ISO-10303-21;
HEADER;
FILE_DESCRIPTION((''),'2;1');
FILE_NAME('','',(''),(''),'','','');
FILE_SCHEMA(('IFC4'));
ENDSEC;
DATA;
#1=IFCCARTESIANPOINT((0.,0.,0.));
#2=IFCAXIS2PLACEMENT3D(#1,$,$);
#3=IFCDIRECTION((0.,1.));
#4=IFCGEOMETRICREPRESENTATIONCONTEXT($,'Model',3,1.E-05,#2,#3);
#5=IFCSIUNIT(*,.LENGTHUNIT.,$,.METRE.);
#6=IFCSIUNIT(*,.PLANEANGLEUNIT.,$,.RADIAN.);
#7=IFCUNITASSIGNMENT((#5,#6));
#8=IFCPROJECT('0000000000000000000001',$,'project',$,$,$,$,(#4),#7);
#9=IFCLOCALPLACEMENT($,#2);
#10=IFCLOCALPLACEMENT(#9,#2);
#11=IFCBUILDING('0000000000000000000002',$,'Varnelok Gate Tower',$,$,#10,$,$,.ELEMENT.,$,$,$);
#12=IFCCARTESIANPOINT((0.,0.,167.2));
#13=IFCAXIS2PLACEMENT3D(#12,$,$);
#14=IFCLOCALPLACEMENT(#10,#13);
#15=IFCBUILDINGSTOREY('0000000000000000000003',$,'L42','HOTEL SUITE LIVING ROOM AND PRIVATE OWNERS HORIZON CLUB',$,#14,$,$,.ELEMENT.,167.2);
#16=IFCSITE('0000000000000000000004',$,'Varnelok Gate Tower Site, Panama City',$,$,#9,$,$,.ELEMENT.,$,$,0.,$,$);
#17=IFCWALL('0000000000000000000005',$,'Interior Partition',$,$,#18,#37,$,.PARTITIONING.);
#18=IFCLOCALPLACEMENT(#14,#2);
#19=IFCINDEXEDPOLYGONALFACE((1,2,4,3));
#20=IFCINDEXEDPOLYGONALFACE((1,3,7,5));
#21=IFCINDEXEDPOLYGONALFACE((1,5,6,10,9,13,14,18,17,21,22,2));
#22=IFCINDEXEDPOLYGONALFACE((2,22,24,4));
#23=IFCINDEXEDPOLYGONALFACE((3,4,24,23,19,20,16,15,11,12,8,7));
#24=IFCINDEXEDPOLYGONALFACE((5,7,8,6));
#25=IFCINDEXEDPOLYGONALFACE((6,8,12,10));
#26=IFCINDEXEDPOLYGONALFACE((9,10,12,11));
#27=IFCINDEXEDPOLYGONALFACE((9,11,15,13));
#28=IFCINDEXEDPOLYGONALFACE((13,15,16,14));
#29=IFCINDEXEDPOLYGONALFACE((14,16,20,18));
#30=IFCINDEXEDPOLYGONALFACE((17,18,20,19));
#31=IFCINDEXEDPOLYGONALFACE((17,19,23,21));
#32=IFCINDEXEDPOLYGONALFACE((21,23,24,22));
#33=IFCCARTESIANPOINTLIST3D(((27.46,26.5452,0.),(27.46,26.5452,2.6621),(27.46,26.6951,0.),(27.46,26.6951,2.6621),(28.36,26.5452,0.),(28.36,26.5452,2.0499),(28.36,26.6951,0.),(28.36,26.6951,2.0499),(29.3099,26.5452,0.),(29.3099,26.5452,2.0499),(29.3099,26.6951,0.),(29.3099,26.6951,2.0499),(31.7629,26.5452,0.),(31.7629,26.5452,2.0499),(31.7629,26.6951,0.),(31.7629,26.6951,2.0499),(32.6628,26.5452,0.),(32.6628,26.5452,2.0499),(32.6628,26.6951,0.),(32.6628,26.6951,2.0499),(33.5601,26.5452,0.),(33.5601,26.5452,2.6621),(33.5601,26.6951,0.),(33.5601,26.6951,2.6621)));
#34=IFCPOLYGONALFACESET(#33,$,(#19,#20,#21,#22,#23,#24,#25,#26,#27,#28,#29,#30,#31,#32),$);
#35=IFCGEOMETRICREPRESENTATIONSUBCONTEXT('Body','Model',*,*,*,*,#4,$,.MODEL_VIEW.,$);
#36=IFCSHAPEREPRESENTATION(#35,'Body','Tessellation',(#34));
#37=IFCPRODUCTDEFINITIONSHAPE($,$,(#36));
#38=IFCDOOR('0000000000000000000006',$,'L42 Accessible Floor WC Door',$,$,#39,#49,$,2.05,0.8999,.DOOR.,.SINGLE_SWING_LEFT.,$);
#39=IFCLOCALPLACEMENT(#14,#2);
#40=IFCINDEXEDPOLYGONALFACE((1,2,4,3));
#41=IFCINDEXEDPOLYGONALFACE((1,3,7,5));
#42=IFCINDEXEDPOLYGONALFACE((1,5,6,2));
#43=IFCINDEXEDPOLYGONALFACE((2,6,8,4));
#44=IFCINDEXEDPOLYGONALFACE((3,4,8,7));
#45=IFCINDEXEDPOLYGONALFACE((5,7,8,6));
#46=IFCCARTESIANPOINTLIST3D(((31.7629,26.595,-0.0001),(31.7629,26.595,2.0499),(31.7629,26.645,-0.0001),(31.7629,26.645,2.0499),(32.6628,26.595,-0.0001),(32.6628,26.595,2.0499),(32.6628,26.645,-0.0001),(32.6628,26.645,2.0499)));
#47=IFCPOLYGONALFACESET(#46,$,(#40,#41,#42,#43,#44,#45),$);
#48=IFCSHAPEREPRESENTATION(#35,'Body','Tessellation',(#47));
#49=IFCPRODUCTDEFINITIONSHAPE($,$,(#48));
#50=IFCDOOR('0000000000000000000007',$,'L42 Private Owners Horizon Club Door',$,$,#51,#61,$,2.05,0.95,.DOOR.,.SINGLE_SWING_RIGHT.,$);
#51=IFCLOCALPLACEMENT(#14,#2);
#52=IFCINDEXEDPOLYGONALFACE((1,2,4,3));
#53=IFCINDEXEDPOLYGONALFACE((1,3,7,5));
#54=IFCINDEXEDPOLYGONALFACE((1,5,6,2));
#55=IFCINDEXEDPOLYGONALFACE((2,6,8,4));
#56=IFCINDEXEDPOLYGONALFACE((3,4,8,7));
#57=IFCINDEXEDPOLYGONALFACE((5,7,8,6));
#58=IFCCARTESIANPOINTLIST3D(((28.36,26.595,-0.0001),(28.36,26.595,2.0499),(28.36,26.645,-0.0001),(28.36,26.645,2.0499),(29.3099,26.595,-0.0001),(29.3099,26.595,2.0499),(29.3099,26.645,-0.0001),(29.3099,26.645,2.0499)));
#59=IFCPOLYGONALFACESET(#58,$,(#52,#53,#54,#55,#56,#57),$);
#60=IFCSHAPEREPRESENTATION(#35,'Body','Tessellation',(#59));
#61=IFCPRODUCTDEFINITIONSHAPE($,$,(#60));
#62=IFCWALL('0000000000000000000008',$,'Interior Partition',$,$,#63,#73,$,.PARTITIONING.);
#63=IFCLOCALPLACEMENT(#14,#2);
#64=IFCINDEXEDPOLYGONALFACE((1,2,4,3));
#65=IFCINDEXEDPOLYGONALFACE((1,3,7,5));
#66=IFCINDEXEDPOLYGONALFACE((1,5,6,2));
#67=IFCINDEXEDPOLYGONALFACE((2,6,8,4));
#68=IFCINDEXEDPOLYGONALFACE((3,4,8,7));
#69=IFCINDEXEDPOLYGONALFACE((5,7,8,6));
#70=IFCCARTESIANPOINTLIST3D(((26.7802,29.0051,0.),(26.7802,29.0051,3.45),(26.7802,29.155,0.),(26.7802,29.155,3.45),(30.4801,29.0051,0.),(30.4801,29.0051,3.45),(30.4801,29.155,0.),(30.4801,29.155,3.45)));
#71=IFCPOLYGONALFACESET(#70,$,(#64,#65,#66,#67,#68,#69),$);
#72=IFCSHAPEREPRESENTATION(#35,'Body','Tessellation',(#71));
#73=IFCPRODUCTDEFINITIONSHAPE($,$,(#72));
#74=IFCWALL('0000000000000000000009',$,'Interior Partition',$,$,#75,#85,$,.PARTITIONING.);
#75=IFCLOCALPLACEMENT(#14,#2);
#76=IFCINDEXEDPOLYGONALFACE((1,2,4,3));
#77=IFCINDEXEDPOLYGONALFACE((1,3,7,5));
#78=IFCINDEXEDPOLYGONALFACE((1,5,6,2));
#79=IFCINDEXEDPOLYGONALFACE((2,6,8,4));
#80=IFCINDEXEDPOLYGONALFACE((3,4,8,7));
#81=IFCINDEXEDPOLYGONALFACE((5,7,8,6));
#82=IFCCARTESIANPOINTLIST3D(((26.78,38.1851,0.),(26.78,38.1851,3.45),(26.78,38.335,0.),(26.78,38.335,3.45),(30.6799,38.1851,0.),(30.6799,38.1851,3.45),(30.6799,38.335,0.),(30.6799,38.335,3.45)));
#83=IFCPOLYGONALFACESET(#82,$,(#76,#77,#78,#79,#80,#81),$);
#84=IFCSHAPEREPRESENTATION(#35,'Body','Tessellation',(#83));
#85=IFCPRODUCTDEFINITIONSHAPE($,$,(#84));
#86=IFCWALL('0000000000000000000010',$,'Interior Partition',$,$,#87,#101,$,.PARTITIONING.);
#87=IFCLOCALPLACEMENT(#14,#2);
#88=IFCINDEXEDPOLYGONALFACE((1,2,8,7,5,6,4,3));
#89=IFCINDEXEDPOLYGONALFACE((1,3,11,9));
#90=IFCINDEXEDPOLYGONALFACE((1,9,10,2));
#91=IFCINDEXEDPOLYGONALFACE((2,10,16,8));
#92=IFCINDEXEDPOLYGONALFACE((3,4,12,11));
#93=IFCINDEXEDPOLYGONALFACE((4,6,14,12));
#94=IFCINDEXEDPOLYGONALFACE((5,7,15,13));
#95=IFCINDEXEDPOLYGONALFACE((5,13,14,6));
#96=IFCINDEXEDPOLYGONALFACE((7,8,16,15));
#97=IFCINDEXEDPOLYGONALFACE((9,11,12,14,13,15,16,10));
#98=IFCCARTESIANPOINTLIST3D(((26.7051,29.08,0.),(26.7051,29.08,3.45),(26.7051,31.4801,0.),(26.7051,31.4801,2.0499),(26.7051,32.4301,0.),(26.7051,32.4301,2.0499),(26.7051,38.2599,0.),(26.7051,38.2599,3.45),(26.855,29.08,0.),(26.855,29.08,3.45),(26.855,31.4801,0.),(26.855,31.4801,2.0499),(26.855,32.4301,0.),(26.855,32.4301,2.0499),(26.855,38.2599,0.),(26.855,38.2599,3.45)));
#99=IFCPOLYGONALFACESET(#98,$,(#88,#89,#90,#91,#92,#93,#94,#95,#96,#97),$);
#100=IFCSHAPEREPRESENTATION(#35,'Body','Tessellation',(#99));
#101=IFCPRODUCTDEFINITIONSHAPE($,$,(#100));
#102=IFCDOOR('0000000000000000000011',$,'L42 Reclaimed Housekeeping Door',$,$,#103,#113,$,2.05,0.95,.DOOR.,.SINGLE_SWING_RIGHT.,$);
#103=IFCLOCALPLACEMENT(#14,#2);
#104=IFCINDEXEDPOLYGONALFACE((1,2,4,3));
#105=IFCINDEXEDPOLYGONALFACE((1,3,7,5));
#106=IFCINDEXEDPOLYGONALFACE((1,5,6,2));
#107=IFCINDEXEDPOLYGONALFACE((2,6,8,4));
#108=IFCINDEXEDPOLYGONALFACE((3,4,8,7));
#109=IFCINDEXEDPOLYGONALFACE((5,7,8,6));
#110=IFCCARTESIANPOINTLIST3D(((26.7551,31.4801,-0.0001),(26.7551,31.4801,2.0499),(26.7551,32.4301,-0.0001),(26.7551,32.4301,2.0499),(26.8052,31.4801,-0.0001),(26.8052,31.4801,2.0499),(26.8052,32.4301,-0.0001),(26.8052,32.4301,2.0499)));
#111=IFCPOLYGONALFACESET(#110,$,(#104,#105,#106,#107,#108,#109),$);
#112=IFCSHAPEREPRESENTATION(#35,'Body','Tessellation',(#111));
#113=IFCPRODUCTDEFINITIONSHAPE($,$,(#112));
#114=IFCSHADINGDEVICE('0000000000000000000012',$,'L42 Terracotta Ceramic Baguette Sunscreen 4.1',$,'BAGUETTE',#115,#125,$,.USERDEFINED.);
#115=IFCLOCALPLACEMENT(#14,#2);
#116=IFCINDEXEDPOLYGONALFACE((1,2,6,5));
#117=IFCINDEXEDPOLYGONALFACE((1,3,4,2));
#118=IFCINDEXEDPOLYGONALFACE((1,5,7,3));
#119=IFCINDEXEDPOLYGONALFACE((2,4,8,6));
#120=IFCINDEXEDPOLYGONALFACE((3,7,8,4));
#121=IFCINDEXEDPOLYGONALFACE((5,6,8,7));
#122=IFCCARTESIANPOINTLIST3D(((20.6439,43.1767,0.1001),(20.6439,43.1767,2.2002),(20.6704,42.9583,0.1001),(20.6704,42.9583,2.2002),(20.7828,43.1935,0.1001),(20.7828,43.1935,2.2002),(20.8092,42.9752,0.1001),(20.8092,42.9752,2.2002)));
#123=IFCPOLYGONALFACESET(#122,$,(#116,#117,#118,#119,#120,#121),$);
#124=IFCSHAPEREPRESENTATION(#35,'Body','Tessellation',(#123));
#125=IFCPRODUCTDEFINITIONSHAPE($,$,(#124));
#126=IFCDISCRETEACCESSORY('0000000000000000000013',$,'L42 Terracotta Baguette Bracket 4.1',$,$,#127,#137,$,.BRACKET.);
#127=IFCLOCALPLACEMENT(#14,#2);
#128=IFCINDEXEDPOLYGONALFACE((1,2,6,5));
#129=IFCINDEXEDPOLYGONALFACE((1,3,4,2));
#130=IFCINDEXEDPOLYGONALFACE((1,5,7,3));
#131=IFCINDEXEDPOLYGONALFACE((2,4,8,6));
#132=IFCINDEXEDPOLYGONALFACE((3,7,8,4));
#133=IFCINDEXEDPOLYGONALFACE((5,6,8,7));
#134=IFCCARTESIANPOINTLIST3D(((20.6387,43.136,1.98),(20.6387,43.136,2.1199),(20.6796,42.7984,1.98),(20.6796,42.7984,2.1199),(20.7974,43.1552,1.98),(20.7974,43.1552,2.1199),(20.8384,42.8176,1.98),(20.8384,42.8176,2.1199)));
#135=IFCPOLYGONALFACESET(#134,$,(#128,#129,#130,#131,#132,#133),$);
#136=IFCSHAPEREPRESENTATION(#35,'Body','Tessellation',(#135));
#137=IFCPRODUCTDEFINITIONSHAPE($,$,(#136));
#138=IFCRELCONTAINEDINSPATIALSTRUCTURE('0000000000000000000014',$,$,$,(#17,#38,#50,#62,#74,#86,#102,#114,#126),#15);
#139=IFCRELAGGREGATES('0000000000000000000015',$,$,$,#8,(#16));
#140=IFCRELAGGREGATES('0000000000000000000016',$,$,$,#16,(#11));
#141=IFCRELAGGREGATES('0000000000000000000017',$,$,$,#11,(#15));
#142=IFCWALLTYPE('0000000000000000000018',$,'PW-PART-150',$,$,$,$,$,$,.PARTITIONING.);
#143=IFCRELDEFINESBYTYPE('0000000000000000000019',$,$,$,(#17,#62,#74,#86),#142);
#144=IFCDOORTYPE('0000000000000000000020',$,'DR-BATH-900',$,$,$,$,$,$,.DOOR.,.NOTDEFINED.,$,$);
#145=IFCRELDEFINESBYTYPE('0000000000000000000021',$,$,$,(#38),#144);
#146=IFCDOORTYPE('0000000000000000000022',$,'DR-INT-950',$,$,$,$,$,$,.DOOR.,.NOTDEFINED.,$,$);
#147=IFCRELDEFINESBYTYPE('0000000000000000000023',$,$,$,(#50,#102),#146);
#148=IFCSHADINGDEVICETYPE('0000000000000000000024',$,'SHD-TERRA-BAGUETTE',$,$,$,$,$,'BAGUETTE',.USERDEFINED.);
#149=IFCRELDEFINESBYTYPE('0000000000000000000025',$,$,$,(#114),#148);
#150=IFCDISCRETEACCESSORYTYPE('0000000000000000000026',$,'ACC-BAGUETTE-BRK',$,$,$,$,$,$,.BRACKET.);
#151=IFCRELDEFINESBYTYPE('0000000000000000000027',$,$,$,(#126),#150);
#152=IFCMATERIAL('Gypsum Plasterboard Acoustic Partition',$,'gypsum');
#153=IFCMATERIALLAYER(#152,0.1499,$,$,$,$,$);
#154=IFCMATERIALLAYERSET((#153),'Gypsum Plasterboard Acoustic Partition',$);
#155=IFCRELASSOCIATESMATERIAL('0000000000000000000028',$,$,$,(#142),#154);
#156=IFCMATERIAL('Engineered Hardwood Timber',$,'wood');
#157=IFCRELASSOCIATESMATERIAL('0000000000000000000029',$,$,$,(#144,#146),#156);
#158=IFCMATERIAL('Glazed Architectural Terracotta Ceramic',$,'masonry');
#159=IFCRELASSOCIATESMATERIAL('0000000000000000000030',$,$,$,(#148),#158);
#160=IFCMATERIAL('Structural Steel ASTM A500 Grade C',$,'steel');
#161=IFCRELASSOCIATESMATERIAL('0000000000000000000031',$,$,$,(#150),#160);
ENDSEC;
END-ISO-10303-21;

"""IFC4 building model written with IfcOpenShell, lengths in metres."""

from ifc_helpers import new_model, si_unit, direction, frame, frame_2d, origin, origin_2d, place, context, subcontext, project, spatial, rectangle, extrude, source, transform, mapped, material, layer, layer_set, type_object, element, fill, save


model = new_model("IFC4")

# Units and contexts
model_context = context("Model", 3, precision=1e-05, world=origin(), true_north=direction((0.0, 1.0)))
body_context = subcontext(model_context, "Body", "Model", "MODEL_VIEW")
ifc_project = project(units=[si_unit("LENGTHUNIT", "METRE"), si_unit("PLANEANGLEUNIT", "RADIAN")], contexts=[model_context])

# Site, building, storey
site_placement = place(None, origin())
site = spatial("IfcSite", under=ifc_project, at=site_placement, Name="Varnelok Gate Tower Site, Panama City", CompositionType="ELEMENT", RefElevation=0.0)
building_placement = place(site_placement, origin())
building = spatial("IfcBuilding", under=site, at=building_placement, Name="Varnelok Gate Tower", CompositionType="ELEMENT")
storey_placement = place(building_placement, frame((0.0, 0.0, 167.2)))
storey = spatial("IfcBuildingStorey", under=building, at=storey_placement, Name="L42", Description="HOTEL SUITE LIVING ROOM AND PRIVATE OWNERS HORIZON CLUB", CompositionType="ELEMENT", Elevation=167.2)

# Wall, openings, doors
ifc_material_1 = material(Name="Gypsum Plasterboard Acoustic Partition", Category="gypsum")
ifc_layer_1 = layer(ifc_material_1, 0.1499)
ifc_layer_set_1 = layer_set([ifc_layer_1], Name="Gypsum Plasterboard Acoustic Partition")
wall_type_1 = type_object("IfcWallType", Name="PW-PART-150", PredefinedType="PARTITIONING", material=ifc_layer_set_1)
wall_1_placement = place(storey_placement, frame((27.46, 26.6201, 0.0), z_axis=(0.0, 0.0, 1.0), x_axis=(1.0, 0.0, 0.0)))
wall_1 = element("IfcWall", 1, at=wall_1_placement, inside=storey, type_object=wall_type_1, Name="Interior Partition", PredefinedType="PARTITIONING", context=body_context, shape_type="SweptSolid", body=[
    extrude(rectangle(XDim=6.1001, YDim=0.1499, at=frame_2d((3.05, 0.0))), origin(), (0.0, 0.0, 1.0), 2.6621),
])
opening_1_placement = place(wall_1_placement, frame((0.8999, 0.0, 0.0)))
opening_1 = element("IfcOpeningElement", 2, at=opening_1_placement, cuts=wall_1, PredefinedType="OPENING", context=body_context, shape_type="SweptSolid", body=[
    extrude(rectangle(XDim=0.95, YDim=2.05, at=frame_2d((0.4751, 1.0249))), frame((0.0, 0.085, 0.0), z_axis=(0.0, -1.0, 0.0), x_axis=(1.0, 0.0, 0.0)), (0.0, 0.0, 1.0), 0.1699),
])
opening_2_placement = place(wall_1_placement, frame((4.303, 0.0, 0.0)))
opening_2 = element("IfcOpeningElement", 3, at=opening_2_placement, cuts=wall_1, PredefinedType="OPENING", context=body_context, shape_type="SweptSolid", body=[
    extrude(rectangle(XDim=0.8999, YDim=2.05, at=frame_2d((0.45, 1.0249))), frame((0.0, 0.085, 0.0), z_axis=(0.0, -1.0, 0.0), x_axis=(1.0, 0.0, 0.0)), (0.0, 0.0, 1.0), 0.1699),
])
ifc_material_2 = material(Name="Engineered Hardwood Timber", Category="wood")
door_type_1 = type_object("IfcDoorType", Name="DR-BATH-900", OperationType="NOTDEFINED", PredefinedType="DOOR", material=ifc_material_2)
door_1_placement = place(opening_2_placement, origin())
door_1 = element("IfcDoor", 4, at=door_1_placement, inside=storey, type_object=door_type_1, Name="L42 Accessible Floor WC Door", OperationType="SINGLE_SWING_LEFT", OverallHeight=2.05, OverallWidth=0.8999, PredefinedType="DOOR", context=body_context, shape_type="SweptSolid", body=[
    extrude(rectangle(XDim=0.8999, YDim=2.05, at=frame_2d((0.45, 1.0249))), frame((0.0, 0.0249, 0.0), z_axis=(0.0, -1.0, 0.0), x_axis=(1.0, 0.0, 0.0)), (0.0, 0.0, 1.0), 0.05),
])
fill(opening_2, door_1)
door_type_2 = type_object("IfcDoorType", Name="DR-INT-950", OperationType="NOTDEFINED", PredefinedType="DOOR", material=ifc_material_2)
door_2_placement = place(opening_1_placement, origin())
door_2 = element("IfcDoor", 5, at=door_2_placement, inside=storey, type_object=door_type_2, Name="L42 Private Owners Horizon Club Door", OperationType="SINGLE_SWING_RIGHT", OverallHeight=2.05, OverallWidth=0.95, PredefinedType="DOOR", context=body_context, shape_type="SweptSolid", body=[
    extrude(rectangle(XDim=0.95, YDim=2.05, at=frame_2d((0.4751, 1.0249))), frame((0.0, 0.0249, 0.0), z_axis=(0.0, -1.0, 0.0), x_axis=(1.0, 0.0, 0.0)), (0.0, 0.0, 1.0), 0.05),
])
fill(opening_1, door_2)

# Walls
wall_2_placement = place(storey_placement, frame((26.78, 29.0801, 0.0), z_axis=(0.0, 0.0, 1.0), x_axis=(1.0, 0.0, 0.0)))
element("IfcWall", 6, at=wall_2_placement, inside=storey, type_object=wall_type_1, Name="Interior Partition", PredefinedType="PARTITIONING", context=body_context, shape_type="SweptSolid", body=[
    extrude(rectangle(XDim=3.7, YDim=0.1499, at=frame_2d((1.8501, 0.0))), origin(), (0.0, 0.0, 1.0), 3.45),
])
wall_3_placement = place(storey_placement, frame((26.78, 38.26, 0.0), z_axis=(0.0, 0.0, 1.0), x_axis=(1.0, 0.0, 0.0)))
element("IfcWall", 7, at=wall_3_placement, inside=storey, type_object=wall_type_1, Name="Interior Partition", PredefinedType="PARTITIONING", context=body_context, shape_type="SweptSolid", body=[
    extrude(rectangle(XDim=3.8999, YDim=0.1499, at=frame_2d((1.95, 0.0))), origin(), (0.0, 0.0, 1.0), 3.45),
])

# Wall, opening, door
wall_4_placement = place(storey_placement, frame((26.78, 29.0801, 0.0), z_axis=(0.0, 0.0, 1.0), x_axis=(0.0, 1.0, 0.0)))
wall_4 = element("IfcWall", 8, at=wall_4_placement, inside=storey, type_object=wall_type_1, Name="Interior Partition", PredefinedType="PARTITIONING", context=body_context, shape_type="SweptSolid", body=[
    extrude(rectangle(XDim=9.1799, YDim=0.1499, at=frame_2d((4.5898, 0.0))), origin(), (0.0, 0.0, 1.0), 3.45),
])
opening_3_placement = place(wall_4_placement, frame((2.3999, 0.0, 0.0)))
opening_3 = element("IfcOpeningElement", 9, at=opening_3_placement, cuts=wall_4, PredefinedType="OPENING", context=body_context, shape_type="SweptSolid", body=[
    extrude(rectangle(XDim=0.95, YDim=2.05, at=frame_2d((0.4751, 1.0249))), frame((0.0, 0.085, 0.0), z_axis=(0.0, -1.0, 0.0), x_axis=(1.0, 0.0, 0.0)), (0.0, 0.0, 1.0), 0.1699),
])
door_3_placement = place(opening_3_placement, origin())
door_3 = element("IfcDoor", 10, at=door_3_placement, inside=storey, type_object=door_type_2, Name="L42 Reclaimed Housekeeping Door", OperationType="SINGLE_SWING_RIGHT", OverallHeight=2.05, OverallWidth=0.95, PredefinedType="DOOR", context=body_context, shape_type="SweptSolid", body=[
    extrude(rectangle(XDim=0.95, YDim=2.05, at=frame_2d((0.4751, 1.0249))), frame((0.0, 0.0249, 0.0), z_axis=(0.0, -1.0, 0.0), x_axis=(1.0, 0.0, 0.0)), (0.0, 0.0, 1.0), 0.05),
])
fill(opening_3, door_3)

# Shading device
ifc_material_3 = material(Name="Glazed Architectural Terracotta Ceramic", Category="masonry")
shading_device_type = type_object("IfcShadingDeviceType", Name="SHD-TERRA-BAGUETTE", ElementType="BAGUETTE", PredefinedType="USERDEFINED", material=ifc_material_3)
shared_shape_1 = source(origin(), body_context, "Body", "SweptSolid", [
    extrude(rectangle(XDim=0.1399, YDim=0.22, at=origin_2d()), origin(), (0.0, 0.0, 1.0), 2.1001),
])
shading_device_placement = place(storey_placement, frame((20.7266, 43.0759, 0.1001), z_axis=(0.0, 0.0, 1.0), x_axis=(0.992732, 0.120345, 0.0)))
element("IfcShadingDevice", 11, at=shading_device_placement, inside=storey, type_object=shading_device_type, Name="L42 Terracotta Ceramic Baguette Sunscreen 4.1", ObjectType="BAGUETTE", PredefinedType="USERDEFINED", context=body_context, shape_type="MappedRepresentation", body=[
    mapped(shared_shape_1, transform((0.0, 0.0, 0.0), scale=1.0)),
])

# Discrete accessory
ifc_material_4 = material(Name="Structural Steel ASTM A500 Grade C", Category="steel")
discrete_accessory_type = type_object("IfcDiscreteAccessoryType", Name="ACC-BAGUETTE-BRK", PredefinedType="BRACKET", material=ifc_material_4)
shared_shape_2 = source(origin(), body_context, "Body", "SweptSolid", [
    extrude(rectangle(XDim=0.1599, YDim=0.3401, at=origin_2d()), origin(), (0.0, 0.0, 1.0), 0.1399),
])
discrete_accessory_placement = place(storey_placement, frame((20.7385, 42.9768, 1.98), z_axis=(0.0, 0.0, 1.0), x_axis=(0.992732, 0.120345, 0.0)))
element("IfcDiscreteAccessory", 12, at=discrete_accessory_placement, inside=storey, type_object=discrete_accessory_type, Name="L42 Terracotta Baguette Bracket 4.1", PredefinedType="BRACKET", context=body_context, shape_type="MappedRepresentation", body=[
    mapped(shared_shape_2, transform((0.0, 0.0, 0.0), scale=1.0)),
])

save(model, "model.ifc")
